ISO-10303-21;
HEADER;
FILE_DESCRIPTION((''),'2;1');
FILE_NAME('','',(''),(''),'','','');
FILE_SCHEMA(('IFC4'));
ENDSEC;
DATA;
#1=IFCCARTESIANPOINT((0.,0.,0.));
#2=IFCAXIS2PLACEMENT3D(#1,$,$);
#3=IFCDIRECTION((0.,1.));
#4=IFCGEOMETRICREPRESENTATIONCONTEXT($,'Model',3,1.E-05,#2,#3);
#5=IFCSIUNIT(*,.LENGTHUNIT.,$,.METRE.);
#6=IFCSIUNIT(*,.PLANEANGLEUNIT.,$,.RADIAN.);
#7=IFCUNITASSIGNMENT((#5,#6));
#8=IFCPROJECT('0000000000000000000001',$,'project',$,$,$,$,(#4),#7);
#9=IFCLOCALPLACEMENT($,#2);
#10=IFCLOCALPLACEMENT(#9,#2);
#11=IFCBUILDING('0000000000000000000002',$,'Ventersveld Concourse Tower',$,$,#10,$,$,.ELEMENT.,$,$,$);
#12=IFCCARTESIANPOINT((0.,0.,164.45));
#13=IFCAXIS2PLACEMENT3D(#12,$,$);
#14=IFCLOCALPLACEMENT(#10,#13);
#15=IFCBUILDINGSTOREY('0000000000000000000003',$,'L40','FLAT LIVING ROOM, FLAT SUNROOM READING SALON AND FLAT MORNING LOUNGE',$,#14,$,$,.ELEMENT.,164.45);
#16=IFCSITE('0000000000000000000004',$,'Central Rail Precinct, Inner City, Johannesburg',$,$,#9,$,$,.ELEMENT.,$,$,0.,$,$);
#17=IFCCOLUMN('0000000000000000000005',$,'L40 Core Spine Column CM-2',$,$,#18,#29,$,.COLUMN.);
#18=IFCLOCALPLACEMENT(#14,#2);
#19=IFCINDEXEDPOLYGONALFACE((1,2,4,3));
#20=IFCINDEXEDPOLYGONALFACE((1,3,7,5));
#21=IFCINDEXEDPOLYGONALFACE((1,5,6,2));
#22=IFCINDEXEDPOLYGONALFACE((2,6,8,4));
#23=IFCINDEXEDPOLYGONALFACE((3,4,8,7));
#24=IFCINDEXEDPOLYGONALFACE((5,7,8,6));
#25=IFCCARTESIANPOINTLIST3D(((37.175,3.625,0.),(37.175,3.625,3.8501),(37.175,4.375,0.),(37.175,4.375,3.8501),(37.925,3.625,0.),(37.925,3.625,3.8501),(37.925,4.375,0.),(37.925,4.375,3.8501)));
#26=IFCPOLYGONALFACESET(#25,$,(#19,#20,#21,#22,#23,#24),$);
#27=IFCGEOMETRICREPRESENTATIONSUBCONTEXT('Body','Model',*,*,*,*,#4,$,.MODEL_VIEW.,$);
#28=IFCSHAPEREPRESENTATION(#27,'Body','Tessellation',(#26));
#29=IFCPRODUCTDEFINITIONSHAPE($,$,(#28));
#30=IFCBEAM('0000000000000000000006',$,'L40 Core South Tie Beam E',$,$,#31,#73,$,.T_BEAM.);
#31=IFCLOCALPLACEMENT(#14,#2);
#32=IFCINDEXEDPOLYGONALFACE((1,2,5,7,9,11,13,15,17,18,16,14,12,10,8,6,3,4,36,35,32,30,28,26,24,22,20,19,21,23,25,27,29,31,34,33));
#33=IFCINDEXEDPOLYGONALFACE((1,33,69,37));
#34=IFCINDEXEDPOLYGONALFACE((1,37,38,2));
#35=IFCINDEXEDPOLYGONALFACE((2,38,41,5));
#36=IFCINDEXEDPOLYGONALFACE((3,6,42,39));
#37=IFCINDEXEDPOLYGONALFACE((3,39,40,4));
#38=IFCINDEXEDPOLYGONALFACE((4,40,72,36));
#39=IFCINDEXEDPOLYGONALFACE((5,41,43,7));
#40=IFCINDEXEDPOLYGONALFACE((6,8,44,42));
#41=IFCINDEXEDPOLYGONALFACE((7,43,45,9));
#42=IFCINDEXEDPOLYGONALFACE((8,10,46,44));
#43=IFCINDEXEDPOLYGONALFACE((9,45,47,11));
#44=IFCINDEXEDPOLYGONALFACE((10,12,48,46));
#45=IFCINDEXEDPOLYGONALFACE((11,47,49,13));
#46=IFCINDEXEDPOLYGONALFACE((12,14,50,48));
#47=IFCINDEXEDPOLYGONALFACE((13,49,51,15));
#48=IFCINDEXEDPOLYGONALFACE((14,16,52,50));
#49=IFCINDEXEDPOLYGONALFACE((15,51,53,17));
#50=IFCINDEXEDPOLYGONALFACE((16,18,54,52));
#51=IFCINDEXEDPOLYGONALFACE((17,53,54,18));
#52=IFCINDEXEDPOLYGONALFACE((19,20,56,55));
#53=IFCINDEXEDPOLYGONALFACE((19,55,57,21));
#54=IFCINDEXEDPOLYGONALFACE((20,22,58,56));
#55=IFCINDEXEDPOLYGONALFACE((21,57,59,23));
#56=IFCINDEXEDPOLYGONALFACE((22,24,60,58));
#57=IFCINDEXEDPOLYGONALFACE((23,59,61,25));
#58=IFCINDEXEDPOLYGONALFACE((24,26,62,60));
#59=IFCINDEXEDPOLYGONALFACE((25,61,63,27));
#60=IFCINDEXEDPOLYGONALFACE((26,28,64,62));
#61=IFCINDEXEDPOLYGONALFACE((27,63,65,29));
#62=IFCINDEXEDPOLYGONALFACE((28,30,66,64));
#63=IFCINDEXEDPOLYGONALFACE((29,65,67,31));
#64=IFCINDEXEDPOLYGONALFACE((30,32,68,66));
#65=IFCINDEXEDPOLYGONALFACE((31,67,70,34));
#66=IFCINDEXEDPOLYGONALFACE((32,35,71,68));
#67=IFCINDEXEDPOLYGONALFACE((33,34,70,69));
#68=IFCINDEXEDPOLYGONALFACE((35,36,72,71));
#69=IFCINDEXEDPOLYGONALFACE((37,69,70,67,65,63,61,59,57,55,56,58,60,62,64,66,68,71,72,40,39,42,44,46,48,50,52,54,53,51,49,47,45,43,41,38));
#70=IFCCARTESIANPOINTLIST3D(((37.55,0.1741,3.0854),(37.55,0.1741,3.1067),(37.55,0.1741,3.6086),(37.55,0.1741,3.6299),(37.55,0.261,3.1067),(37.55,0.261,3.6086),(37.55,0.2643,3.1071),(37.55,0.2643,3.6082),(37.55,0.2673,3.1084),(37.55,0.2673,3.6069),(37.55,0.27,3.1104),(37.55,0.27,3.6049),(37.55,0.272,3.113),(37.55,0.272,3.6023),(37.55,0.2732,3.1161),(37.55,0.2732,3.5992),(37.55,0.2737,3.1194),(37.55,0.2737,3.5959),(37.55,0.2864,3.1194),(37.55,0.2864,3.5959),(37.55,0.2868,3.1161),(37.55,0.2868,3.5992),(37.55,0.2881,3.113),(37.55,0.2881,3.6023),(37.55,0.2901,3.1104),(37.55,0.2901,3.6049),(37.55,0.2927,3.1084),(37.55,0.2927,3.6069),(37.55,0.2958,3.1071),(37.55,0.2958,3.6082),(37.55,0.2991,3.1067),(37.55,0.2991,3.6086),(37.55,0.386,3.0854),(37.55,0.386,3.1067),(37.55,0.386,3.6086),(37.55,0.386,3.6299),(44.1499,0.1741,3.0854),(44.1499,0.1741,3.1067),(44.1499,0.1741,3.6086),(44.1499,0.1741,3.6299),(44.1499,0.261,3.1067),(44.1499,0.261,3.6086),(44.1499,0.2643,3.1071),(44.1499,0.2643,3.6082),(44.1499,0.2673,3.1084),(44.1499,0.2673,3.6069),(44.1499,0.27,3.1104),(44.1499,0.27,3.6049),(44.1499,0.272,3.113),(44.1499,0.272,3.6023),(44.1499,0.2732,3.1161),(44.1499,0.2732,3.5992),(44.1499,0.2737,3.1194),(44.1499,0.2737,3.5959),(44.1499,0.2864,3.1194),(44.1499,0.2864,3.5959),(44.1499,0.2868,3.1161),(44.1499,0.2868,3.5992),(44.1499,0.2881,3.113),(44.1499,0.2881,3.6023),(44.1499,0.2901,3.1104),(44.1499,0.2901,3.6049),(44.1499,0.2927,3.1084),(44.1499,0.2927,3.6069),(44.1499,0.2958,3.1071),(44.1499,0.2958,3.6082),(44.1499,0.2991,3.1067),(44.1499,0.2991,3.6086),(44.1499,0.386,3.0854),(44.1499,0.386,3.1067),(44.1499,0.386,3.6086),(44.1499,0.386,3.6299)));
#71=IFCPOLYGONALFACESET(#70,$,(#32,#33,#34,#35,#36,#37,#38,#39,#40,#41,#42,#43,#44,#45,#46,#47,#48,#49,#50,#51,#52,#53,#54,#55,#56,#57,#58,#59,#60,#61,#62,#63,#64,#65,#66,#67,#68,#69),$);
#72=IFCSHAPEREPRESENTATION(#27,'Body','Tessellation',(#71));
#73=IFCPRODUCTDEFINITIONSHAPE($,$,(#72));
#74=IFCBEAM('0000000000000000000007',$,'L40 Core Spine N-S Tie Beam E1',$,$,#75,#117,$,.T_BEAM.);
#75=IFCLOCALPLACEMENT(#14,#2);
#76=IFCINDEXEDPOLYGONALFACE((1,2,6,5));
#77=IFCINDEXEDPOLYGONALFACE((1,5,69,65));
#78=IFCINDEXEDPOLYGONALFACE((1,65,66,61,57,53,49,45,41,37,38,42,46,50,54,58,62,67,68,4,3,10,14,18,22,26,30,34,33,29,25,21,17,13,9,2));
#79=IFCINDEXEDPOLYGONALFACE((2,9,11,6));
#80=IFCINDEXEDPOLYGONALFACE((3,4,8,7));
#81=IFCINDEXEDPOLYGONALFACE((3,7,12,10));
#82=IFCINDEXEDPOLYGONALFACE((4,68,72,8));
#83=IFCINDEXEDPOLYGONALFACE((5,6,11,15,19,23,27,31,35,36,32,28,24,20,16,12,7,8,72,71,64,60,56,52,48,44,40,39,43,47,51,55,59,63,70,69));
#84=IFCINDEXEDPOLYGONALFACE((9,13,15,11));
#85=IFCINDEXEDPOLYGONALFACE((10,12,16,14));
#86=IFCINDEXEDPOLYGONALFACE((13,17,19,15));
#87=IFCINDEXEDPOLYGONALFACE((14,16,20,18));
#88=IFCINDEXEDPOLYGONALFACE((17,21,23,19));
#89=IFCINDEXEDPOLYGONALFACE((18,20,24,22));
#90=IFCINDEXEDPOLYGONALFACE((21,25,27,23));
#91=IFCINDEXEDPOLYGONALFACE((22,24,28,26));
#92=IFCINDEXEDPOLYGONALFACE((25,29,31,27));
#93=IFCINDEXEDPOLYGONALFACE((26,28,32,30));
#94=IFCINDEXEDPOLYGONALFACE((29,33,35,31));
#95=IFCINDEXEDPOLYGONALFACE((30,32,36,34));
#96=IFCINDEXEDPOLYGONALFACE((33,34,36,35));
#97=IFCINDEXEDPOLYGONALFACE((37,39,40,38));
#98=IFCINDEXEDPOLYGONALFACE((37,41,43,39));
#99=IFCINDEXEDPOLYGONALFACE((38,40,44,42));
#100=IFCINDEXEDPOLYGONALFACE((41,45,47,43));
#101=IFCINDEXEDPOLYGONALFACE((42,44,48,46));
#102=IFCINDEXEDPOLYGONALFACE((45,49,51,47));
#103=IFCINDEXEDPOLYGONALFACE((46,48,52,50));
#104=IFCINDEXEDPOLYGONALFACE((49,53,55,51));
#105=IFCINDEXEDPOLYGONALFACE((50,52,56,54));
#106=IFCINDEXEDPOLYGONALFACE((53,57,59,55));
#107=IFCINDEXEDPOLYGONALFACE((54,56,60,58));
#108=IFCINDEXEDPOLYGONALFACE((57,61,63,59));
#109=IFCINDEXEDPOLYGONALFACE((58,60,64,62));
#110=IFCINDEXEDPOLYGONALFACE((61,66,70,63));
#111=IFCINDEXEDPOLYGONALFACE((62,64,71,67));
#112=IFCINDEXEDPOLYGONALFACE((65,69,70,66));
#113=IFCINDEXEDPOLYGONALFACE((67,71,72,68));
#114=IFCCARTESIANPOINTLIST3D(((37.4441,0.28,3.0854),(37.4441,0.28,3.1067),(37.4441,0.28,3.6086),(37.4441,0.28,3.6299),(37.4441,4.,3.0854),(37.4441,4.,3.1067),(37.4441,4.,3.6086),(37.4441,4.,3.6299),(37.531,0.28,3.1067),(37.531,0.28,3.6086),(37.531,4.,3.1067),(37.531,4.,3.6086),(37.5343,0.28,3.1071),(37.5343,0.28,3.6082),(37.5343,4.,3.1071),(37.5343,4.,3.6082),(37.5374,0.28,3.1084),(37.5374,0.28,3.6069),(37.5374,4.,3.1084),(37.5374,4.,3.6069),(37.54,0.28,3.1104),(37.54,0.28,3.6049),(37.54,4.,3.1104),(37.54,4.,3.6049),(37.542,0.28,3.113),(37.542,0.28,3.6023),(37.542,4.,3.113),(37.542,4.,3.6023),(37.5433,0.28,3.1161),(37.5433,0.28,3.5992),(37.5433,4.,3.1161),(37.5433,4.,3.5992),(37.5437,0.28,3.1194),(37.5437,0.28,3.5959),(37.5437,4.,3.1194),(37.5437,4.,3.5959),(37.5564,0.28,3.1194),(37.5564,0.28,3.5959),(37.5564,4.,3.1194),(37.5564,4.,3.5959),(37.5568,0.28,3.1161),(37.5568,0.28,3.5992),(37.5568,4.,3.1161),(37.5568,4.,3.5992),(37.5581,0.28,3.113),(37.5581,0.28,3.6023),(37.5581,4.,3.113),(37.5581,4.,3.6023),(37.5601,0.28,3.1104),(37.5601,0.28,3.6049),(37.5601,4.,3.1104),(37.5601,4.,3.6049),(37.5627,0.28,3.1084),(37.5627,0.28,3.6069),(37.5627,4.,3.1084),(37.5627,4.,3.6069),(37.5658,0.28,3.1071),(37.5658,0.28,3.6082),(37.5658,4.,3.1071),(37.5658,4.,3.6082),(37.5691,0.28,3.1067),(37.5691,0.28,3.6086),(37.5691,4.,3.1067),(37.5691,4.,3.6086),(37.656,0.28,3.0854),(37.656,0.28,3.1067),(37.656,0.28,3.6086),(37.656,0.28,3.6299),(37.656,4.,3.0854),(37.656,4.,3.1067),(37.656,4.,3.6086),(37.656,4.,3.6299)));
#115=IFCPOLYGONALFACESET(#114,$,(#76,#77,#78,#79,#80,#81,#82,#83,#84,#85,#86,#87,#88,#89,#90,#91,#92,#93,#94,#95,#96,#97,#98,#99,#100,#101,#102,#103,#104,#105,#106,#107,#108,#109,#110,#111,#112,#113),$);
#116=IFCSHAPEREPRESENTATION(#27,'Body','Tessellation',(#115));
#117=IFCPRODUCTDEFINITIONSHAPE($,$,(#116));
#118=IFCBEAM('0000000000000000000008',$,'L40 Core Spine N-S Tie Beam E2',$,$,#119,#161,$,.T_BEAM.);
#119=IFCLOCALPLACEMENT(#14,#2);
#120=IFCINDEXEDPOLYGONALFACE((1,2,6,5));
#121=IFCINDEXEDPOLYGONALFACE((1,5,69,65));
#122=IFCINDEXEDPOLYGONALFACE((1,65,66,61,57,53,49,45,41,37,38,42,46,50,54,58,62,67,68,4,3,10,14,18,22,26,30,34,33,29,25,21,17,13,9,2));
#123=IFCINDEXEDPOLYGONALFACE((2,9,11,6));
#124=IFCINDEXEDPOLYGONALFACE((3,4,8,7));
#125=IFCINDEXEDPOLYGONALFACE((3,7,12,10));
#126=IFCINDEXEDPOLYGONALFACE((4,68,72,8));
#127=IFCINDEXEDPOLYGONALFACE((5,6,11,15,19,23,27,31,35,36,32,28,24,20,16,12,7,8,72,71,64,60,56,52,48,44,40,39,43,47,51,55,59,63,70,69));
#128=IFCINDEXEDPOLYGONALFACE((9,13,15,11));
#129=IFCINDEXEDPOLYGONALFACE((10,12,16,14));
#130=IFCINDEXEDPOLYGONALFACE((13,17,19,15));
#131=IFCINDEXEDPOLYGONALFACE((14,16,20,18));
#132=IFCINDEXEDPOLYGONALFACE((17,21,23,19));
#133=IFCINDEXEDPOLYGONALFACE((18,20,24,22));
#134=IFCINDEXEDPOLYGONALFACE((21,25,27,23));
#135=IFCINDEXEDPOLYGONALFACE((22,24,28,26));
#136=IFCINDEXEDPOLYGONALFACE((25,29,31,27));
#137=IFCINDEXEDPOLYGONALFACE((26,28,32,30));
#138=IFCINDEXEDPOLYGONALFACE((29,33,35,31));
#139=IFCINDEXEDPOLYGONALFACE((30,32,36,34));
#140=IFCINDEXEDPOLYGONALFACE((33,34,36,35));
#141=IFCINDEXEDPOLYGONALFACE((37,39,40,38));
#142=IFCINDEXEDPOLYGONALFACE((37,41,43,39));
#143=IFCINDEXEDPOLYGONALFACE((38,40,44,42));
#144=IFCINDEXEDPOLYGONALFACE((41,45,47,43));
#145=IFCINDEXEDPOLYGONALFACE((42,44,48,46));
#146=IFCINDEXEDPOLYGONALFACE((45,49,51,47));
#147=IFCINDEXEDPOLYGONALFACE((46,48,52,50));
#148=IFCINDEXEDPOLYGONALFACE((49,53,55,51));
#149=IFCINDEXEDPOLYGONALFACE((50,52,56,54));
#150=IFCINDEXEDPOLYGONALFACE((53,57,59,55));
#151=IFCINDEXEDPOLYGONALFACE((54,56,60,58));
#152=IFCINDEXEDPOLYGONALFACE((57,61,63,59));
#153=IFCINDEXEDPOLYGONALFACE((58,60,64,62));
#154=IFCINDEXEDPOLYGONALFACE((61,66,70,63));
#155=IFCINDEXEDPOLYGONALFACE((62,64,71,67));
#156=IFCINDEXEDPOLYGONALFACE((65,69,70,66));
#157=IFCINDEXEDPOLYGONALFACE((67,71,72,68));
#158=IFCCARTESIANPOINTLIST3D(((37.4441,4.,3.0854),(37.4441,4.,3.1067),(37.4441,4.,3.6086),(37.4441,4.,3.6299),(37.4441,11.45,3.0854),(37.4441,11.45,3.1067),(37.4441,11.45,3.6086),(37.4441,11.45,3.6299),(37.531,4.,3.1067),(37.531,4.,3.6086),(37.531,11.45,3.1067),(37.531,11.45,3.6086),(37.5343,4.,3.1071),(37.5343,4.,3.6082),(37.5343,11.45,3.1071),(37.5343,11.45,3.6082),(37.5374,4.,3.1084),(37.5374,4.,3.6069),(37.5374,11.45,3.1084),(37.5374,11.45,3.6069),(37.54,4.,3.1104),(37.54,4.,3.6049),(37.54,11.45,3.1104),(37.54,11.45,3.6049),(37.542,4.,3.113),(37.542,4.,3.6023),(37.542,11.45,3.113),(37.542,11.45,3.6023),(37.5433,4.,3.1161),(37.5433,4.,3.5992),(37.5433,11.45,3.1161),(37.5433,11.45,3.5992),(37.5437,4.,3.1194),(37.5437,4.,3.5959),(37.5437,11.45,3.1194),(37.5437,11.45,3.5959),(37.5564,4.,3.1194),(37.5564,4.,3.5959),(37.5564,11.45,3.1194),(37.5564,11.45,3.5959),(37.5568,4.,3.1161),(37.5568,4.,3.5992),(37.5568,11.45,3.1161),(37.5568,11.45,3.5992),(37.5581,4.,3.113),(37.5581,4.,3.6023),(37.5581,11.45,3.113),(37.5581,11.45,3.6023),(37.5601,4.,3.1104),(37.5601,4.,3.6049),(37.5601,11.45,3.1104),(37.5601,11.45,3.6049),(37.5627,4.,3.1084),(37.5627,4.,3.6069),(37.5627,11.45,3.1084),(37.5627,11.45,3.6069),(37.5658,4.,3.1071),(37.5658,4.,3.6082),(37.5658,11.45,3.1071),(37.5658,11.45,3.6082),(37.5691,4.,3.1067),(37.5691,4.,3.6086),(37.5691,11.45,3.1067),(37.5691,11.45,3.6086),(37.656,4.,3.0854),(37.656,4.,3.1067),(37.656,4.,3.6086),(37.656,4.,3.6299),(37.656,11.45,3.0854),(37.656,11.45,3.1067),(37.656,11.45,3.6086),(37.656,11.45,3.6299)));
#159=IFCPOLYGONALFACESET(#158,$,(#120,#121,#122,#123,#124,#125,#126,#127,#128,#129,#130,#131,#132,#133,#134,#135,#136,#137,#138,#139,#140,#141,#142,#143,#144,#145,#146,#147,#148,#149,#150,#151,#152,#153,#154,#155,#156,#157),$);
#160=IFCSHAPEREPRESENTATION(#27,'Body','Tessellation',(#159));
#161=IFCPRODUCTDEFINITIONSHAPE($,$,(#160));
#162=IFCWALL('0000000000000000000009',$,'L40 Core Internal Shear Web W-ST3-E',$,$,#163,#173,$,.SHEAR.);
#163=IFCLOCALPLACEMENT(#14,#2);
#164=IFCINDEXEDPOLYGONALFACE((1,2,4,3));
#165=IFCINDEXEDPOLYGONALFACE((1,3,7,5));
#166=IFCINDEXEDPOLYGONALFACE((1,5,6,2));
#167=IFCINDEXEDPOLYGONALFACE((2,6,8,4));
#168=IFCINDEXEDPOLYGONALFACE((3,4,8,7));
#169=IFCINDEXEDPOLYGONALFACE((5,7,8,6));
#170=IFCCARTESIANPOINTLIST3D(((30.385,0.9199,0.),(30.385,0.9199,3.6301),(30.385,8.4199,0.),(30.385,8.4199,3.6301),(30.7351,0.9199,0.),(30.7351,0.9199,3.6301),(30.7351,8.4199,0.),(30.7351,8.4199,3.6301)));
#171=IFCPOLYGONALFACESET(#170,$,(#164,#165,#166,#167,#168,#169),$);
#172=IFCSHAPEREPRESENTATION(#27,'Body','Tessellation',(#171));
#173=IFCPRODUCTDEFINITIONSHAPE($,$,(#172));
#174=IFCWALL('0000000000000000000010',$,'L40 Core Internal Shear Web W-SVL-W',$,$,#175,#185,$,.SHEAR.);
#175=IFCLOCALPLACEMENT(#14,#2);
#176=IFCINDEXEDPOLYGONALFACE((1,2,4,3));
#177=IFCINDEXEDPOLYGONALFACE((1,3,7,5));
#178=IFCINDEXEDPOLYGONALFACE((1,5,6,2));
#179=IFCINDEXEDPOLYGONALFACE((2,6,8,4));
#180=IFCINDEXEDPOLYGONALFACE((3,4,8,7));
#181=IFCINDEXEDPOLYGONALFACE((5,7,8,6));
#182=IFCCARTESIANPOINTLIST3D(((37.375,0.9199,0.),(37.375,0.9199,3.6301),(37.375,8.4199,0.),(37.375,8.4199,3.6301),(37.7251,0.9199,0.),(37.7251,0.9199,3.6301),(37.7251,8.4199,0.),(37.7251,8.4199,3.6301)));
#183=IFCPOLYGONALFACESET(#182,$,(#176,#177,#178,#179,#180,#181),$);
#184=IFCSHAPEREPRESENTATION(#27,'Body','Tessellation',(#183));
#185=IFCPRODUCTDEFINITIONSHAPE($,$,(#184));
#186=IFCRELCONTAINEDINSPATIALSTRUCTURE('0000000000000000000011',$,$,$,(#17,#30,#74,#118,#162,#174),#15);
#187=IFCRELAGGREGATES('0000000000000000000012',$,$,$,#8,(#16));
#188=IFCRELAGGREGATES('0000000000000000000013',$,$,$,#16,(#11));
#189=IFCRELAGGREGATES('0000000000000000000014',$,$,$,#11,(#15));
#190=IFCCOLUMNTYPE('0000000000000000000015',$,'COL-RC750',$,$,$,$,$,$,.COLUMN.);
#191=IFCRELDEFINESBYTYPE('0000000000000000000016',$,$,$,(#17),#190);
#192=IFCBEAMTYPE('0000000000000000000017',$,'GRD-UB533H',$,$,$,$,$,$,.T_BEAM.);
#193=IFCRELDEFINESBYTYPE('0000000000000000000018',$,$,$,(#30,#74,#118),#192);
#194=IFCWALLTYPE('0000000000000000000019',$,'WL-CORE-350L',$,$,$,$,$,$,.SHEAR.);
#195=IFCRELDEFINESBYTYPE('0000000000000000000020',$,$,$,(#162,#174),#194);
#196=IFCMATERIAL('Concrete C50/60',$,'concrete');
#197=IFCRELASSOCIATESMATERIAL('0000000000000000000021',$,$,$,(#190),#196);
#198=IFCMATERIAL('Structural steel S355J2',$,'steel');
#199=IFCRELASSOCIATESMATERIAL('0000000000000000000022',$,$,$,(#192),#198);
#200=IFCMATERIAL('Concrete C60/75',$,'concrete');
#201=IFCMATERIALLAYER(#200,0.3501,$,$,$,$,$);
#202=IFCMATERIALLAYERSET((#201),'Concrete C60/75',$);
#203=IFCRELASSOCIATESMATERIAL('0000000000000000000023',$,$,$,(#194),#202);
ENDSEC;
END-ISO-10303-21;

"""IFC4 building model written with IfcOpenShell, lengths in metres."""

from ifc_helpers import new_model, si_unit, direction, frame, frame_2d, origin, origin_2d, place, context, subcontext, project, spatial, rectangle, i_section, extrude, material, layer, layer_set, material_profile, profile_set, type_object, element, save


model = new_model("IFC4")

# Units and contexts
model_context = context("Model", 3, precision=1e-05, world=origin(), true_north=direction((0.0, 1.0)))
body_context = subcontext(model_context, "Body", "Model", "MODEL_VIEW")
ifc_project = project(units=[si_unit("LENGTHUNIT", "METRE"), si_unit("PLANEANGLEUNIT", "RADIAN")], contexts=[model_context])

# Site, building, storey
site_placement = place(None, origin())
site = spatial("IfcSite", under=ifc_project, at=site_placement, Name="Central Rail Precinct, Inner City, Johannesburg", CompositionType="ELEMENT", RefElevation=0.0)
building_placement = place(site_placement, origin())
building = spatial("IfcBuilding", under=site, at=building_placement, Name="Ventersveld Concourse Tower", CompositionType="ELEMENT")
storey_placement = place(building_placement, frame((0.0, 0.0, 164.45)))
storey = spatial("IfcBuildingStorey", under=building, at=storey_placement, Name="L40", Description="FLAT LIVING ROOM, FLAT SUNROOM READING SALON AND FLAT MORNING LOUNGE", CompositionType="ELEMENT", Elevation=164.45)

# Column
ifc_material_1 = material(Name="Concrete C50/60", Category="concrete")
ifc_material_profile_1 = material_profile(ifc_material_1, rectangle(XDim=0.75, YDim=0.75, at=origin_2d()), Name="RC 750x750")
ifc_profile_set_1 = profile_set([ifc_material_profile_1], Name="Concrete C50/60")
column_type = type_object("IfcColumnType", Name="COL-RC750", PredefinedType="COLUMN", material=ifc_profile_set_1)
column_placement = place(storey_placement, frame((37.55, 4.0, 0.0), z_axis=(0.0, 0.0, 1.0), x_axis=(1.0, 0.0, 0.0)))
element("IfcColumn", 1, at=column_placement, inside=storey, type_object=column_type, Name="L40 Core Spine Column CM-2", PredefinedType="COLUMN", context=body_context, shape_type="SweptSolid", body=[
    extrude(rectangle(XDim=0.75, YDim=0.75, at=origin_2d()), origin(), (0.0, 0.0, 1.0), 3.8501),
])

# Beams
ifc_material_2 = material(Name="Structural steel S355J2", Category="steel")
ifc_material_profile_2 = material_profile(ifc_material_2, i_section(OverallWidth=0.2119, OverallDepth=0.5444, WebThickness=0.0127, FlangeThickness=0.0212, FilletRadius=0.0127, at=origin_2d()), Name="UB 533x210x122")
ifc_profile_set_2 = profile_set([ifc_material_profile_2], Name="Structural steel S355J2")
beam_type = type_object("IfcBeamType", Name="GRD-UB533H", PredefinedType="T_BEAM", material=ifc_profile_set_2)
beam_1_placement = place(storey_placement, frame((37.55, 0.28, 3.3577), z_axis=(1.0, 0.0, 0.0), x_axis=(0.0, 1.0, 0.0)))
element("IfcBeam", 2, at=beam_1_placement, inside=storey, type_object=beam_type, Name="L40 Core South Tie Beam E", PredefinedType="T_BEAM", context=body_context, shape_type="SweptSolid", body=[
    extrude(i_section(OverallWidth=0.2119, OverallDepth=0.5444, WebThickness=0.0127, FlangeThickness=0.0212, FilletRadius=0.0127, at=origin_2d()), origin(), (0.0, 0.0, 1.0), 6.5999),
])
beam_2_placement = place(storey_placement, frame((37.55, 0.28, 3.3577), z_axis=(0.0, 1.0, 0.0), x_axis=(-1.0, 0.0, 0.0)))
element("IfcBeam", 3, at=beam_2_placement, inside=storey, type_object=beam_type, Name="L40 Core Spine N-S Tie Beam E1", PredefinedType="T_BEAM", context=body_context, shape_type="SweptSolid", body=[
    extrude(i_section(OverallWidth=0.2119, OverallDepth=0.5444, WebThickness=0.0127, FlangeThickness=0.0212, FilletRadius=0.0127, at=origin_2d()), origin(), (0.0, 0.0, 1.0), 3.72),
])
beam_3_placement = place(storey_placement, frame((37.55, 4.0, 3.3577), z_axis=(0.0, 1.0, 0.0), x_axis=(-1.0, 0.0, 0.0)))
element("IfcBeam", 4, at=beam_3_placement, inside=storey, type_object=beam_type, Name="L40 Core Spine N-S Tie Beam E2", PredefinedType="T_BEAM", context=body_context, shape_type="SweptSolid", body=[
    extrude(i_section(OverallWidth=0.2119, OverallDepth=0.5444, WebThickness=0.0127, FlangeThickness=0.0212, FilletRadius=0.0127, at=origin_2d()), origin(), (0.0, 0.0, 1.0), 7.45),
])

# Walls
ifc_material_3 = material(Name="Concrete C60/75", Category="concrete")
ifc_layer_1 = layer(ifc_material_3, 0.3501)
ifc_layer_set_1 = layer_set([ifc_layer_1], Name="Concrete C60/75")
wall_type_1 = type_object("IfcWallType", Name="WL-CORE-350L", PredefinedType="SHEAR", material=ifc_layer_set_1)
for number, where, z_axis, x_axis, name in (
    (5, (30.5601, 0.9199, 0.0), (0.0, 0.0, 1.0), (0.0, 1.0, 0.0), "L40 Core Internal Shear Web W-ST3-E"),
    (6, (37.55, 0.9199, 0.0), (0.0, 0.0, 1.0), (0.0, 1.0, 0.0), "L40 Core Internal Shear Web W-SVL-W"),
):
    element("IfcWall", number, at=place(storey_placement, frame(where, z_axis=z_axis, x_axis=x_axis)), inside=storey, type_object=wall_type_1, Name=name, PredefinedType="SHEAR", context=body_context, shape_type="SweptSolid", body=[
        extrude(rectangle(XDim=7.5, YDim=0.3501, at=frame_2d((3.75, 0.0))), origin(), (0.0, 0.0, 1.0), 3.6301),
    ])

save(model, "model.ifc")
